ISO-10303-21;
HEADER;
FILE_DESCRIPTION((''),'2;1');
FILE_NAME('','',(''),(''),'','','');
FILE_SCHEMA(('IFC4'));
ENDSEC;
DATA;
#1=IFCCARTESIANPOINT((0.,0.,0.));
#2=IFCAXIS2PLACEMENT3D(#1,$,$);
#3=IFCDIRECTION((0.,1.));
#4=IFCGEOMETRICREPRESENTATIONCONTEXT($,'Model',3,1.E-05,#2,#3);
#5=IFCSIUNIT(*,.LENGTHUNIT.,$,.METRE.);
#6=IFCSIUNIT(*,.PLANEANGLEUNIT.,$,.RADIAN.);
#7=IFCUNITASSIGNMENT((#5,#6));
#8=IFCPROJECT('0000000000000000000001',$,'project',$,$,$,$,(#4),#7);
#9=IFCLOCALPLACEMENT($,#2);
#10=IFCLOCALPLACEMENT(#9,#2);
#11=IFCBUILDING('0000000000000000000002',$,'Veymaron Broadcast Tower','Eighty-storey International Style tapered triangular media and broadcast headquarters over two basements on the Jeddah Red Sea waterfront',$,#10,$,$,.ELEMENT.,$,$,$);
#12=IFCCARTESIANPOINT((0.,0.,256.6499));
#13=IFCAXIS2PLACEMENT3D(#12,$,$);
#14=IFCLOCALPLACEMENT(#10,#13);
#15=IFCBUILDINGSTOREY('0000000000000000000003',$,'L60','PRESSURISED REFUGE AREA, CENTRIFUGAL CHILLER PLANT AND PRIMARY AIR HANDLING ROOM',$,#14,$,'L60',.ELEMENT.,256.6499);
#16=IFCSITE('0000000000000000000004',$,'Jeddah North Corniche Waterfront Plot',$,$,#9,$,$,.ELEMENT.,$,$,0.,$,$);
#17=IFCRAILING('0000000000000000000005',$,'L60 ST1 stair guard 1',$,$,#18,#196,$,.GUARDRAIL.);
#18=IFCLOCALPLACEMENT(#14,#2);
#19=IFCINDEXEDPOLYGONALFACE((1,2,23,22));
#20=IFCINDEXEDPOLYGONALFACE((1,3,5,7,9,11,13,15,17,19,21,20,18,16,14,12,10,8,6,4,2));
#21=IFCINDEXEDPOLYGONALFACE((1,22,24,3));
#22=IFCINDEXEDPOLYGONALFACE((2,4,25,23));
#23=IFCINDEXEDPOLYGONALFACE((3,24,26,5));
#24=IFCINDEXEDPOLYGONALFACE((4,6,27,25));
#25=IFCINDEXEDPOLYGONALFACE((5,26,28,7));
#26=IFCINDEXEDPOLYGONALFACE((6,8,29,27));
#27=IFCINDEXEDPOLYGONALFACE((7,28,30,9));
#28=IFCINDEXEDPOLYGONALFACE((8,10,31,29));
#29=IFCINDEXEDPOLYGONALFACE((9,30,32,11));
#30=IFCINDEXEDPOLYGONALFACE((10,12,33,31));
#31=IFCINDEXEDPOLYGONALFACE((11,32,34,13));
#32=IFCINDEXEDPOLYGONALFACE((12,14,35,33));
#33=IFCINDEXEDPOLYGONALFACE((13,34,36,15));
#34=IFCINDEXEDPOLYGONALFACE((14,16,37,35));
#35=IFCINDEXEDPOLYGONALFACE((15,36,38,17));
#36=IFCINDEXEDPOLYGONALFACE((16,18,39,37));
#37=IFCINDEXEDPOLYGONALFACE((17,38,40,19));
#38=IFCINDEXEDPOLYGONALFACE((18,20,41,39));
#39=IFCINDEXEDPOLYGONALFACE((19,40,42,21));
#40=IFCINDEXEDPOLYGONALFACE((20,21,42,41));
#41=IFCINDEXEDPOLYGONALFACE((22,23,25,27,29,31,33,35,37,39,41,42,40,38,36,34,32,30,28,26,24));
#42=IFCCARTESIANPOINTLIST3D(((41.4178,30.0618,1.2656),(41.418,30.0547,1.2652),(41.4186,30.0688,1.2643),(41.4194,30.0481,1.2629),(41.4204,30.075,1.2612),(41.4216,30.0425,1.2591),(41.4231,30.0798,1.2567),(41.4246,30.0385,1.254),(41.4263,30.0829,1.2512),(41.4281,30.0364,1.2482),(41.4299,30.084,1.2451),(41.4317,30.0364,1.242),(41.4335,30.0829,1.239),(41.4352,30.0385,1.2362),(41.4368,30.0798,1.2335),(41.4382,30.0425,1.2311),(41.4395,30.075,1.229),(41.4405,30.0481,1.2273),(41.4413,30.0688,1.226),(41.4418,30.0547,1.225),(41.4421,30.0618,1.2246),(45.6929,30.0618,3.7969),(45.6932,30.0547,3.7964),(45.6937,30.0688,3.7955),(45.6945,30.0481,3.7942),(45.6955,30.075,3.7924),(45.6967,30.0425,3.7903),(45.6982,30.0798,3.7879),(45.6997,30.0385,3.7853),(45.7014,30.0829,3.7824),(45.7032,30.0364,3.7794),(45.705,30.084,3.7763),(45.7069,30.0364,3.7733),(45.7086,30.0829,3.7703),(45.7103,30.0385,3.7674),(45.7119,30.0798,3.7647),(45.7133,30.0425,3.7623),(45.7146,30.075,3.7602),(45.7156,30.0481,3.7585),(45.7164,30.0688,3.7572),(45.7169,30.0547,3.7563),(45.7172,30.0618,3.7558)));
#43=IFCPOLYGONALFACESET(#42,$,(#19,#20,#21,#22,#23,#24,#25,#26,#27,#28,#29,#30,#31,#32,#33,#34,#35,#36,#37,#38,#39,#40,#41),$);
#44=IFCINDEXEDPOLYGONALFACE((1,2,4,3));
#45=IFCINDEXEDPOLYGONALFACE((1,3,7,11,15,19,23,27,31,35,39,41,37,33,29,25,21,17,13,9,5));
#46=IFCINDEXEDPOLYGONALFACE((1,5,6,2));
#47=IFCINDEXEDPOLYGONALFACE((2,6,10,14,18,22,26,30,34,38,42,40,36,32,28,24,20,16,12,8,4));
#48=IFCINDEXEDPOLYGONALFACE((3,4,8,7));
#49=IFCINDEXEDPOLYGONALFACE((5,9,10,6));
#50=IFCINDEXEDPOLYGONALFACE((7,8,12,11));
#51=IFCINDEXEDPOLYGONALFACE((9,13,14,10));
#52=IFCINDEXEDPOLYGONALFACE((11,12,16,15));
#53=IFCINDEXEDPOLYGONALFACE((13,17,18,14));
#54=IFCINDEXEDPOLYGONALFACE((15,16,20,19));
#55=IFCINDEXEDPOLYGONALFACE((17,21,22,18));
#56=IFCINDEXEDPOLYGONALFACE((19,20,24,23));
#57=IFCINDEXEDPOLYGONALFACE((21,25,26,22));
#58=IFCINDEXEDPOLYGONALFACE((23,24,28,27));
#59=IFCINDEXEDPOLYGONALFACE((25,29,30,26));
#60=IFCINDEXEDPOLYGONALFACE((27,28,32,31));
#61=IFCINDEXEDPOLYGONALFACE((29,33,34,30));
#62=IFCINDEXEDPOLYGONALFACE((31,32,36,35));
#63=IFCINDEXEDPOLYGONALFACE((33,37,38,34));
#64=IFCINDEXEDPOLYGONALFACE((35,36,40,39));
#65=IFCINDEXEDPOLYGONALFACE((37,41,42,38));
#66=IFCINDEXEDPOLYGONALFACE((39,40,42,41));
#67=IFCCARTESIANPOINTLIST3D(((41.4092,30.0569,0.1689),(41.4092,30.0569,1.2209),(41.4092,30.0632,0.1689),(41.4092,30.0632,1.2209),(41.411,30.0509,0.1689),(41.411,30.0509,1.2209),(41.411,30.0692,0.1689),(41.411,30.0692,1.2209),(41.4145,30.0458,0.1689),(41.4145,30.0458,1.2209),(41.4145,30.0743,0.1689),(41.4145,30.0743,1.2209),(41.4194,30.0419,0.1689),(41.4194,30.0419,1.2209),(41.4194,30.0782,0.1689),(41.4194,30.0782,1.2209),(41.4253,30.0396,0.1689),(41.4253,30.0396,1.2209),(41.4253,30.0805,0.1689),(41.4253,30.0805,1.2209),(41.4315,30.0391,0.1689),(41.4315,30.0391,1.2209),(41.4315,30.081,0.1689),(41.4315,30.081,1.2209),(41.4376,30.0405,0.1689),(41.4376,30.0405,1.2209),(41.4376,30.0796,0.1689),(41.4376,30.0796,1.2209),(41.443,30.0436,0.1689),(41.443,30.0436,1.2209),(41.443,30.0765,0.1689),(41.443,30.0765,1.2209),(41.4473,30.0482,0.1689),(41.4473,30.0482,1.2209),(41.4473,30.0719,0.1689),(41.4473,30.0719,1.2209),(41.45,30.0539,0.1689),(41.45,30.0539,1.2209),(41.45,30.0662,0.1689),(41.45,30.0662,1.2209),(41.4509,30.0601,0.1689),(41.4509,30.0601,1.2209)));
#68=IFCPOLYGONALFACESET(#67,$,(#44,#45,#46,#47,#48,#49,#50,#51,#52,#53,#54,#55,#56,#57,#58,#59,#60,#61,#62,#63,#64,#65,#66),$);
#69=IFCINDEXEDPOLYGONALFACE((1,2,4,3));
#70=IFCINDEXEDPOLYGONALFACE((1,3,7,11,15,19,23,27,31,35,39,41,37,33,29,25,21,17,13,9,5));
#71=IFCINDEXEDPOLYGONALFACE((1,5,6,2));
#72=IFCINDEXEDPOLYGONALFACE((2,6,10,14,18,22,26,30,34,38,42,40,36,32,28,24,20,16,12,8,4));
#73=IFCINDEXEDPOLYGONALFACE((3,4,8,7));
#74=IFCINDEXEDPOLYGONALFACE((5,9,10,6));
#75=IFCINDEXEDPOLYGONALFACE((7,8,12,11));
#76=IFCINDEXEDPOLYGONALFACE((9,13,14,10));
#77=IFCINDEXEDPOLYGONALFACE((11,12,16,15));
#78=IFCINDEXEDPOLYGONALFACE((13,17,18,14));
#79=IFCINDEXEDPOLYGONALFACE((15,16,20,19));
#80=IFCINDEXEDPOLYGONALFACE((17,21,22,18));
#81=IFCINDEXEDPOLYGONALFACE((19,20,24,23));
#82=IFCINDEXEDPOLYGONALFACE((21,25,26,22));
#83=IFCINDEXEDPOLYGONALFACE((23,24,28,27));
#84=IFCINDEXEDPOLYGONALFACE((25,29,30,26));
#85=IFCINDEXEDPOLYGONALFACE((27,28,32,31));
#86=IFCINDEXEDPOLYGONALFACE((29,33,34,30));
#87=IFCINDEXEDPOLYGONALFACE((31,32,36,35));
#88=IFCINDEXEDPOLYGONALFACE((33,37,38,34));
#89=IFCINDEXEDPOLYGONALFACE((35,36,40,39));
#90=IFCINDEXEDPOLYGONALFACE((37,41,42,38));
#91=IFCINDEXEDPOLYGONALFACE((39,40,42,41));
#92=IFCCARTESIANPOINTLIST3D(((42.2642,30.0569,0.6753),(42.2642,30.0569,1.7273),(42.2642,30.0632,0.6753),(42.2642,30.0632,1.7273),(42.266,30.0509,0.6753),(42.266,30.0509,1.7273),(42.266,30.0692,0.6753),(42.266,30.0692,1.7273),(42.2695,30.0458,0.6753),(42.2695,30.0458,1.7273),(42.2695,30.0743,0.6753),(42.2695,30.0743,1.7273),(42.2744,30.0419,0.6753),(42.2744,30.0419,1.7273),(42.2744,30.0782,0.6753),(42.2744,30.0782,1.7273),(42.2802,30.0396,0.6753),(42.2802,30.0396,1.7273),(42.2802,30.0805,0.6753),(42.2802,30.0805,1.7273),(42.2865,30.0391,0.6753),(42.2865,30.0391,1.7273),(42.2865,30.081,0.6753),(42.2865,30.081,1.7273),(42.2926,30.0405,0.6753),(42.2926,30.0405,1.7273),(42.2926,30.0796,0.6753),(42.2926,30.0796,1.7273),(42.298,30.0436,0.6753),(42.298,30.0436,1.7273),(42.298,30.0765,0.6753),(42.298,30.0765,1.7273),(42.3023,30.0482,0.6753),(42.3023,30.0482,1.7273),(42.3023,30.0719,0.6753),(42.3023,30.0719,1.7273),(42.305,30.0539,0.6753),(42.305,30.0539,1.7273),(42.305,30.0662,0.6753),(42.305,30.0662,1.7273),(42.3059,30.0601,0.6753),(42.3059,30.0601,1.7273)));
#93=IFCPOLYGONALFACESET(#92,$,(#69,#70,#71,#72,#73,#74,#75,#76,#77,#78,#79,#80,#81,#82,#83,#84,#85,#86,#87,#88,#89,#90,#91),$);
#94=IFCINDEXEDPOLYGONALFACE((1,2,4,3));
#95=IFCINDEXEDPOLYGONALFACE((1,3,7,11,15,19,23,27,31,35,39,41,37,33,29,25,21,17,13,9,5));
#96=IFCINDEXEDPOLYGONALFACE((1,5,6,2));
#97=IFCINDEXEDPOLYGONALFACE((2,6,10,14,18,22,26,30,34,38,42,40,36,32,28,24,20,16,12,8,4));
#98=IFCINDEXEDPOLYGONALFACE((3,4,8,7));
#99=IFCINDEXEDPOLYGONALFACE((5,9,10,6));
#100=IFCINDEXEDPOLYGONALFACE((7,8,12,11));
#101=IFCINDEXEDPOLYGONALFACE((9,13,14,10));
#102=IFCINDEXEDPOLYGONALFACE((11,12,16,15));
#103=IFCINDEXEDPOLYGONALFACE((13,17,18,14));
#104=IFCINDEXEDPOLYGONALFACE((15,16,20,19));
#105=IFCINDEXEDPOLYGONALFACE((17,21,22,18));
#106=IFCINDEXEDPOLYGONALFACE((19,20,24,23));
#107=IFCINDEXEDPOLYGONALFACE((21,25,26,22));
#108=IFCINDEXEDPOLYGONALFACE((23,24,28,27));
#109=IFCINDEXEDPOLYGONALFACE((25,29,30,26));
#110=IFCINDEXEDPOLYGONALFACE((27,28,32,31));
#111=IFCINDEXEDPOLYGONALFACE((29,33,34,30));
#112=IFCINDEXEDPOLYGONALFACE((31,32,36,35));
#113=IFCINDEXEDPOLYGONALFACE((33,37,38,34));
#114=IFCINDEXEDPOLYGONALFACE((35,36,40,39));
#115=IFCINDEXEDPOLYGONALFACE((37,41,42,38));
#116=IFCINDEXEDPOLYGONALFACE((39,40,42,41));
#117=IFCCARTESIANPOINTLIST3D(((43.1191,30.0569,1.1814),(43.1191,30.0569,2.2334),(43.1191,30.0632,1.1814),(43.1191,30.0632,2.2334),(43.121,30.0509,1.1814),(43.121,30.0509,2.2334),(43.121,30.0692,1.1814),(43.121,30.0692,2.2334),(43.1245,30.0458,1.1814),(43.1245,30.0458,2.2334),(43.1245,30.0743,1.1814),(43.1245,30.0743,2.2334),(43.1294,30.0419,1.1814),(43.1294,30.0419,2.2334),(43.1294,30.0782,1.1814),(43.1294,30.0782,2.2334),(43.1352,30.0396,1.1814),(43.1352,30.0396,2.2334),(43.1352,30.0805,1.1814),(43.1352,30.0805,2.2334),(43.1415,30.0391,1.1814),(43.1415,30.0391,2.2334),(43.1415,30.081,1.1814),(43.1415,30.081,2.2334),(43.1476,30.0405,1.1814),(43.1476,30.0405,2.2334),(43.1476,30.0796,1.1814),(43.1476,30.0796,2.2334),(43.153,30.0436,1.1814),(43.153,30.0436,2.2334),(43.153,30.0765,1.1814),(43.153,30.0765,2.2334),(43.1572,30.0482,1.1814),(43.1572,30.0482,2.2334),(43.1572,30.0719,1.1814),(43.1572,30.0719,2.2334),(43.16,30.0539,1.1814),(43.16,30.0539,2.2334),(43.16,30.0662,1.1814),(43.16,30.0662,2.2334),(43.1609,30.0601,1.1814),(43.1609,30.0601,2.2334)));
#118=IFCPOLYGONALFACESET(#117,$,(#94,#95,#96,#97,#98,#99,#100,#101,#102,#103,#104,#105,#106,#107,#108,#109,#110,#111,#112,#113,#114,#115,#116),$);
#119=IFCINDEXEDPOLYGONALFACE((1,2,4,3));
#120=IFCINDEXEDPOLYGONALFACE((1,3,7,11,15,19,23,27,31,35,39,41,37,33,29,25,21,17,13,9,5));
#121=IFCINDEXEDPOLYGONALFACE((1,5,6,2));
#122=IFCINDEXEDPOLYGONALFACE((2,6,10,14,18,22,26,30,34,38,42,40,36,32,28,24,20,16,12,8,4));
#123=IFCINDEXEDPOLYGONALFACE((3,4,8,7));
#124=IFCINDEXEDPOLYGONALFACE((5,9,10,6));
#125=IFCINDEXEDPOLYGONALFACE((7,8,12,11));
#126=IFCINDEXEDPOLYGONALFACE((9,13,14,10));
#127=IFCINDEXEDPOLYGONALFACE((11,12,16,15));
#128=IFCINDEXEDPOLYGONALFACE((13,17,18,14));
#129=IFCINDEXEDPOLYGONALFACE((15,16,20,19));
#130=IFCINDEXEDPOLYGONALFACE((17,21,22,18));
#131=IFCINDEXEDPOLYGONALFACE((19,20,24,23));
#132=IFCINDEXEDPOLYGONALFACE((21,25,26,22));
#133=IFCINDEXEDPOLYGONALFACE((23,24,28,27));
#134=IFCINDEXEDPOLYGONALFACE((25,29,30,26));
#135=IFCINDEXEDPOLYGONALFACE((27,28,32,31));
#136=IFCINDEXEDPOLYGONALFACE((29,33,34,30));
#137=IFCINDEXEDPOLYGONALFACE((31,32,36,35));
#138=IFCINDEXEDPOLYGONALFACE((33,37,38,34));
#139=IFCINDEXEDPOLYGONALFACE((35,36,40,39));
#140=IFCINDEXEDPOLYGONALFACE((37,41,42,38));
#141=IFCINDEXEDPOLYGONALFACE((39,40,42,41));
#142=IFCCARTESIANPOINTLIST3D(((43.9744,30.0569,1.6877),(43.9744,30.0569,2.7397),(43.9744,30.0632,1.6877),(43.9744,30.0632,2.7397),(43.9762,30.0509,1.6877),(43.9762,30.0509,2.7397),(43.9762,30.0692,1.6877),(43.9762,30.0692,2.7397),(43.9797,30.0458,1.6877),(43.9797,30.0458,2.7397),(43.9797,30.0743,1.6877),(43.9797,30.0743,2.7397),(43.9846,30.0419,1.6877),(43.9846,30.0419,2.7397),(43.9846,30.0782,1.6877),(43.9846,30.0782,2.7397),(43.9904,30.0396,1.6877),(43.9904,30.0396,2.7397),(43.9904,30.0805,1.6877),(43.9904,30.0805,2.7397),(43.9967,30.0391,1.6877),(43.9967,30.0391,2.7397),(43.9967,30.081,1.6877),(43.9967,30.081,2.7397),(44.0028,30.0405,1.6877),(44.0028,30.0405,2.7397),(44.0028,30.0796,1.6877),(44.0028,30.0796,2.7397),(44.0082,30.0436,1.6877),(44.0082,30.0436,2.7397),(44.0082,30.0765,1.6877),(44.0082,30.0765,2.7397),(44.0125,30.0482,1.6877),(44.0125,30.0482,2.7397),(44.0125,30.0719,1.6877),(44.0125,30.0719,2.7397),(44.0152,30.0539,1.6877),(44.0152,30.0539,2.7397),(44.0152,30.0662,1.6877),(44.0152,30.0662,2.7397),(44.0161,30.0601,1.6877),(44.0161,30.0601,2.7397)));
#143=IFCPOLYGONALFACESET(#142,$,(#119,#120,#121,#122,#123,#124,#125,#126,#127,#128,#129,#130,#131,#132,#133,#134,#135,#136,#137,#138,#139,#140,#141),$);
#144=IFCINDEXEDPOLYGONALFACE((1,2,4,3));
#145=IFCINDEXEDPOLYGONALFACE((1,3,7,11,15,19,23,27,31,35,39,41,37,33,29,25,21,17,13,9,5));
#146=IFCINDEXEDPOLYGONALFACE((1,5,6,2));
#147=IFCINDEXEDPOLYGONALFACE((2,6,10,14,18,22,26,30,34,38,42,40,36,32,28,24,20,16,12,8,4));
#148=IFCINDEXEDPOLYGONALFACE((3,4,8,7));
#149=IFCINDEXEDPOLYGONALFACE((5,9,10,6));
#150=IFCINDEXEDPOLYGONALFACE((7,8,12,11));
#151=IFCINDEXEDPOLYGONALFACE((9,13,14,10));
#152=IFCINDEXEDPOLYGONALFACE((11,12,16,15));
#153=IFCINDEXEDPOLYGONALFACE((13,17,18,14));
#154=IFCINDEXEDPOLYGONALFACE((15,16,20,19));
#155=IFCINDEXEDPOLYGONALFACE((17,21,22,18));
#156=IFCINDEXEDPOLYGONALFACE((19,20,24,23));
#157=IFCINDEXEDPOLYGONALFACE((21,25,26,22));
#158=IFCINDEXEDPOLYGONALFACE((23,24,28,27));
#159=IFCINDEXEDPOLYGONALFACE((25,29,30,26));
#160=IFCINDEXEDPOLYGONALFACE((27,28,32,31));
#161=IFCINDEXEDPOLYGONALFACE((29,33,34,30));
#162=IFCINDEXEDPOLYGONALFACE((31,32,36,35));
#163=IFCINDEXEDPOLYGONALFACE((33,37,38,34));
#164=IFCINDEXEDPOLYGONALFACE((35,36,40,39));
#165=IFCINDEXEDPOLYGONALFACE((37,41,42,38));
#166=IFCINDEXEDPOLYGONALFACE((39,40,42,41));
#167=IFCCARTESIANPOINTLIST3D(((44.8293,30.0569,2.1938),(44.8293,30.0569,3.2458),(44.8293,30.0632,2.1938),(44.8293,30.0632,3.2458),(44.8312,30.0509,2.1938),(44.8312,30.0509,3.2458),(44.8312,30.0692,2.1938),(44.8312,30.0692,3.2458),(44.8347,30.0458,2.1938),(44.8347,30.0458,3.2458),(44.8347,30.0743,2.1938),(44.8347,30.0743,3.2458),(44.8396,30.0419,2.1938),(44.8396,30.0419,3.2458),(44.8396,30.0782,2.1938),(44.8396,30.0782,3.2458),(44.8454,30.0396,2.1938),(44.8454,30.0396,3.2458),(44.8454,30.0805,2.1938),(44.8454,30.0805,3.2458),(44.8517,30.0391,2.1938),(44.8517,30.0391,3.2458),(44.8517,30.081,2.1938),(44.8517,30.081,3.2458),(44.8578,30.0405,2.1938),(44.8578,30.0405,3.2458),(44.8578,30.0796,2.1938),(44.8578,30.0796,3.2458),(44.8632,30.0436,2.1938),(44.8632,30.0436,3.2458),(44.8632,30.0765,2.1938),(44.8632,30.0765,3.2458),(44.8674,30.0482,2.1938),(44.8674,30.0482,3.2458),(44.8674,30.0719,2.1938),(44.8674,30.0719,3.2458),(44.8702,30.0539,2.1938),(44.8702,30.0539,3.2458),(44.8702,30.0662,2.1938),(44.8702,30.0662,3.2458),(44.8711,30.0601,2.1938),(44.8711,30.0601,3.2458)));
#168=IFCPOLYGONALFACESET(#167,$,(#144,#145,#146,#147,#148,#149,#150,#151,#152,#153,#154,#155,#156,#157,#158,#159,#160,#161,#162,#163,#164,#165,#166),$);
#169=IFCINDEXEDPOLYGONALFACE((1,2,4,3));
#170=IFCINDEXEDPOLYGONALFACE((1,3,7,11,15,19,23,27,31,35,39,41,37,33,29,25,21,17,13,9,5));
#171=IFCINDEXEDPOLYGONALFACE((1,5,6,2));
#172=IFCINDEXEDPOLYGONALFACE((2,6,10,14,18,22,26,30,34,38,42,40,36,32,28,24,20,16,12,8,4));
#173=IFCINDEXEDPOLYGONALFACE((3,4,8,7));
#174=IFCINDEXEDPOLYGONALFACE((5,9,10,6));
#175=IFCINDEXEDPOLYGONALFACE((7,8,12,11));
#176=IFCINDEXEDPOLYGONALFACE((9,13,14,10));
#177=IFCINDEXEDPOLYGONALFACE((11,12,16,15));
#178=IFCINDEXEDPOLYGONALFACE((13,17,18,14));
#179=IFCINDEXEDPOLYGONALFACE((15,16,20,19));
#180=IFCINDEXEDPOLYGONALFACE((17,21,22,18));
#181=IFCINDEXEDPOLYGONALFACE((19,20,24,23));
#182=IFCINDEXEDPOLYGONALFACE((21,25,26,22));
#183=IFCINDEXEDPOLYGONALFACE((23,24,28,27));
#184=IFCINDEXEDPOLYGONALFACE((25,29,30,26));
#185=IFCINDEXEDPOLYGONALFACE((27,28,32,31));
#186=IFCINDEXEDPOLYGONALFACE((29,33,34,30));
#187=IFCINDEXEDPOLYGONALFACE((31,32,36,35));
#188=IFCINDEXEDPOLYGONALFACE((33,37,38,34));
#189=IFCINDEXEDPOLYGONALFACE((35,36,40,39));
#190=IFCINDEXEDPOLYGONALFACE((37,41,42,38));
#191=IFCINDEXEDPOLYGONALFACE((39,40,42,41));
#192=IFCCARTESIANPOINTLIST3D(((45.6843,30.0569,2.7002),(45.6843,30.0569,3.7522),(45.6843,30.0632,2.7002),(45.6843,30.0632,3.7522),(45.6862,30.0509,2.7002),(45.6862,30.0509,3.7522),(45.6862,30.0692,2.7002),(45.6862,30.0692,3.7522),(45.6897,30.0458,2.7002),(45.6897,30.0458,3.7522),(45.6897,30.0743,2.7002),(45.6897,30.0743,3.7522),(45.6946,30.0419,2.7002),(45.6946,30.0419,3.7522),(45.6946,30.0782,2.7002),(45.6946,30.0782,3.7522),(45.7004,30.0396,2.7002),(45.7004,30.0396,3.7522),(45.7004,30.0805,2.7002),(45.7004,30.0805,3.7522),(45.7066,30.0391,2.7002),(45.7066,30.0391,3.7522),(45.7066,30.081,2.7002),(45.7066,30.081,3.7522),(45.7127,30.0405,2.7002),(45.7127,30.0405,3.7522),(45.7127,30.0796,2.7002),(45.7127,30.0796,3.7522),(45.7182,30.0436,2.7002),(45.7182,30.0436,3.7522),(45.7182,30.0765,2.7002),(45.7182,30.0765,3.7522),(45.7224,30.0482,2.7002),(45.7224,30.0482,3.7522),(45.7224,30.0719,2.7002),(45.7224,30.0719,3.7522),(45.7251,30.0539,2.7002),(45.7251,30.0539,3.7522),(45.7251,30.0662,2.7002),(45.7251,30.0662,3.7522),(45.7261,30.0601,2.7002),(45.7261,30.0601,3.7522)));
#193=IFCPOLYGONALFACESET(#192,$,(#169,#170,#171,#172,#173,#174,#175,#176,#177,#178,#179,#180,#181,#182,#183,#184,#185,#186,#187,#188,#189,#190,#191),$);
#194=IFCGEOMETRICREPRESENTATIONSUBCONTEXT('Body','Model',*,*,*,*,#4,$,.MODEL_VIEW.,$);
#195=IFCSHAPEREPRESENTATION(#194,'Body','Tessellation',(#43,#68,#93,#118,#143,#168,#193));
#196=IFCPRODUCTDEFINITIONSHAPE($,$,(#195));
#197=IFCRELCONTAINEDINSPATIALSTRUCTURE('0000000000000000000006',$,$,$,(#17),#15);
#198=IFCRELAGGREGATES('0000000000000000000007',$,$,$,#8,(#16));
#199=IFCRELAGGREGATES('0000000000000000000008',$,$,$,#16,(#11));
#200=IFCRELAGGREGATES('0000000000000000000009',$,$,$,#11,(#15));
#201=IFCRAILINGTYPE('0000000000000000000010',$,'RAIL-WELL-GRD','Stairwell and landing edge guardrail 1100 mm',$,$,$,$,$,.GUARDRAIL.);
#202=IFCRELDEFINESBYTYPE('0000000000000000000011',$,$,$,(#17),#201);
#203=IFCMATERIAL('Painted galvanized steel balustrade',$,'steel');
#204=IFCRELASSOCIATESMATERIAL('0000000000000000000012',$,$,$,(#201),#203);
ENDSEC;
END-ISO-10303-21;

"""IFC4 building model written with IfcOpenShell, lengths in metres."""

from ifc_helpers import new_model, si_unit, direction, frame, origin, origin_2d, place, context, subcontext, project, spatial, circle, extrude, material, type_object, element, save


model = new_model("IFC4")

# Units and contexts
model_context = context("Model", 3, precision=1e-05, world=origin(), true_north=direction((0.0, 1.0)))
body_context = subcontext(model_context, "Body", "Model", "MODEL_VIEW")
ifc_project = project(units=[si_unit("LENGTHUNIT", "METRE"), si_unit("PLANEANGLEUNIT", "RADIAN")], contexts=[model_context])

# Site, building, storey
site_placement = place(None, origin())
site = spatial("IfcSite", under=ifc_project, at=site_placement, Name="Jeddah North Corniche Waterfront Plot", CompositionType="ELEMENT", RefElevation=0.0)
building_placement = place(site_placement, origin())
building = spatial("IfcBuilding", under=site, at=building_placement, Name="Veymaron Broadcast Tower", Description="Eighty-storey International Style tapered triangular media and broadcast headquarters over two basements on the Jeddah Red Sea waterfront", CompositionType="ELEMENT")
storey_placement = place(building_placement, frame((0.0, 0.0, 256.6499)))
storey = spatial("IfcBuildingStorey", under=building, at=storey_placement, Name="L60", Description="PRESSURISED REFUGE AREA, CENTRIFUGAL CHILLER PLANT AND PRIMARY AIR HANDLING ROOM", LongName="L60", CompositionType="ELEMENT", Elevation=256.6499)

# Railing
ifc_material_1 = material(Name="Painted galvanized steel balustrade", Category="steel")
railing_type_1 = type_object("IfcRailingType", Name="RAIL-WELL-GRD", Description="Stairwell and landing edge guardrail 1100 mm", PredefinedType="GUARDRAIL", material=ifc_material_1)
railing_1_placement = place(storey_placement, frame((41.4299, 30.0601, 0.1689)))
element("IfcRailing", 1, at=railing_1_placement, inside=storey, type_object=railing_type_1, Name="L60 ST1 stair guard 1", PredefinedType="GUARDRAIL", context=body_context, shape_type="SweptSolid", body=[
    extrude(circle(Radius=0.0239, at=origin_2d()), frame((0.0, 0.0, 1.0762), z_axis=(0.860483, 0.0, 0.509479), x_axis=(0.0, 1.0, 0.0)), (0.0, 0.0, 1.0), 4.9683),
    extrude(circle(Radius=0.021, at=origin_2d()), origin(), (0.0, 0.0, 1.0), 1.052),
    extrude(circle(Radius=0.021, at=origin_2d()), frame((0.855, 0.0, 0.5063)), (0.0, 0.0, 1.0), 1.052),
    extrude(circle(Radius=0.021, at=origin_2d()), frame((1.71, 0.0, 1.0125)), (0.0, 0.0, 1.0), 1.052),
    extrude(circle(Radius=0.021, at=origin_2d()), frame((2.5652, 0.0, 1.5188)), (0.0, 0.0, 1.0), 1.052),
    extrude(circle(Radius=0.021, at=origin_2d()), frame((3.4202, 0.0, 2.0249)), (0.0, 0.0, 1.0), 1.052),
    extrude(circle(Radius=0.021, at=origin_2d()), frame((4.2751, 0.0, 2.5312)), (0.0, 0.0, 1.0), 1.052),
])

save(model, "model.ifc")
